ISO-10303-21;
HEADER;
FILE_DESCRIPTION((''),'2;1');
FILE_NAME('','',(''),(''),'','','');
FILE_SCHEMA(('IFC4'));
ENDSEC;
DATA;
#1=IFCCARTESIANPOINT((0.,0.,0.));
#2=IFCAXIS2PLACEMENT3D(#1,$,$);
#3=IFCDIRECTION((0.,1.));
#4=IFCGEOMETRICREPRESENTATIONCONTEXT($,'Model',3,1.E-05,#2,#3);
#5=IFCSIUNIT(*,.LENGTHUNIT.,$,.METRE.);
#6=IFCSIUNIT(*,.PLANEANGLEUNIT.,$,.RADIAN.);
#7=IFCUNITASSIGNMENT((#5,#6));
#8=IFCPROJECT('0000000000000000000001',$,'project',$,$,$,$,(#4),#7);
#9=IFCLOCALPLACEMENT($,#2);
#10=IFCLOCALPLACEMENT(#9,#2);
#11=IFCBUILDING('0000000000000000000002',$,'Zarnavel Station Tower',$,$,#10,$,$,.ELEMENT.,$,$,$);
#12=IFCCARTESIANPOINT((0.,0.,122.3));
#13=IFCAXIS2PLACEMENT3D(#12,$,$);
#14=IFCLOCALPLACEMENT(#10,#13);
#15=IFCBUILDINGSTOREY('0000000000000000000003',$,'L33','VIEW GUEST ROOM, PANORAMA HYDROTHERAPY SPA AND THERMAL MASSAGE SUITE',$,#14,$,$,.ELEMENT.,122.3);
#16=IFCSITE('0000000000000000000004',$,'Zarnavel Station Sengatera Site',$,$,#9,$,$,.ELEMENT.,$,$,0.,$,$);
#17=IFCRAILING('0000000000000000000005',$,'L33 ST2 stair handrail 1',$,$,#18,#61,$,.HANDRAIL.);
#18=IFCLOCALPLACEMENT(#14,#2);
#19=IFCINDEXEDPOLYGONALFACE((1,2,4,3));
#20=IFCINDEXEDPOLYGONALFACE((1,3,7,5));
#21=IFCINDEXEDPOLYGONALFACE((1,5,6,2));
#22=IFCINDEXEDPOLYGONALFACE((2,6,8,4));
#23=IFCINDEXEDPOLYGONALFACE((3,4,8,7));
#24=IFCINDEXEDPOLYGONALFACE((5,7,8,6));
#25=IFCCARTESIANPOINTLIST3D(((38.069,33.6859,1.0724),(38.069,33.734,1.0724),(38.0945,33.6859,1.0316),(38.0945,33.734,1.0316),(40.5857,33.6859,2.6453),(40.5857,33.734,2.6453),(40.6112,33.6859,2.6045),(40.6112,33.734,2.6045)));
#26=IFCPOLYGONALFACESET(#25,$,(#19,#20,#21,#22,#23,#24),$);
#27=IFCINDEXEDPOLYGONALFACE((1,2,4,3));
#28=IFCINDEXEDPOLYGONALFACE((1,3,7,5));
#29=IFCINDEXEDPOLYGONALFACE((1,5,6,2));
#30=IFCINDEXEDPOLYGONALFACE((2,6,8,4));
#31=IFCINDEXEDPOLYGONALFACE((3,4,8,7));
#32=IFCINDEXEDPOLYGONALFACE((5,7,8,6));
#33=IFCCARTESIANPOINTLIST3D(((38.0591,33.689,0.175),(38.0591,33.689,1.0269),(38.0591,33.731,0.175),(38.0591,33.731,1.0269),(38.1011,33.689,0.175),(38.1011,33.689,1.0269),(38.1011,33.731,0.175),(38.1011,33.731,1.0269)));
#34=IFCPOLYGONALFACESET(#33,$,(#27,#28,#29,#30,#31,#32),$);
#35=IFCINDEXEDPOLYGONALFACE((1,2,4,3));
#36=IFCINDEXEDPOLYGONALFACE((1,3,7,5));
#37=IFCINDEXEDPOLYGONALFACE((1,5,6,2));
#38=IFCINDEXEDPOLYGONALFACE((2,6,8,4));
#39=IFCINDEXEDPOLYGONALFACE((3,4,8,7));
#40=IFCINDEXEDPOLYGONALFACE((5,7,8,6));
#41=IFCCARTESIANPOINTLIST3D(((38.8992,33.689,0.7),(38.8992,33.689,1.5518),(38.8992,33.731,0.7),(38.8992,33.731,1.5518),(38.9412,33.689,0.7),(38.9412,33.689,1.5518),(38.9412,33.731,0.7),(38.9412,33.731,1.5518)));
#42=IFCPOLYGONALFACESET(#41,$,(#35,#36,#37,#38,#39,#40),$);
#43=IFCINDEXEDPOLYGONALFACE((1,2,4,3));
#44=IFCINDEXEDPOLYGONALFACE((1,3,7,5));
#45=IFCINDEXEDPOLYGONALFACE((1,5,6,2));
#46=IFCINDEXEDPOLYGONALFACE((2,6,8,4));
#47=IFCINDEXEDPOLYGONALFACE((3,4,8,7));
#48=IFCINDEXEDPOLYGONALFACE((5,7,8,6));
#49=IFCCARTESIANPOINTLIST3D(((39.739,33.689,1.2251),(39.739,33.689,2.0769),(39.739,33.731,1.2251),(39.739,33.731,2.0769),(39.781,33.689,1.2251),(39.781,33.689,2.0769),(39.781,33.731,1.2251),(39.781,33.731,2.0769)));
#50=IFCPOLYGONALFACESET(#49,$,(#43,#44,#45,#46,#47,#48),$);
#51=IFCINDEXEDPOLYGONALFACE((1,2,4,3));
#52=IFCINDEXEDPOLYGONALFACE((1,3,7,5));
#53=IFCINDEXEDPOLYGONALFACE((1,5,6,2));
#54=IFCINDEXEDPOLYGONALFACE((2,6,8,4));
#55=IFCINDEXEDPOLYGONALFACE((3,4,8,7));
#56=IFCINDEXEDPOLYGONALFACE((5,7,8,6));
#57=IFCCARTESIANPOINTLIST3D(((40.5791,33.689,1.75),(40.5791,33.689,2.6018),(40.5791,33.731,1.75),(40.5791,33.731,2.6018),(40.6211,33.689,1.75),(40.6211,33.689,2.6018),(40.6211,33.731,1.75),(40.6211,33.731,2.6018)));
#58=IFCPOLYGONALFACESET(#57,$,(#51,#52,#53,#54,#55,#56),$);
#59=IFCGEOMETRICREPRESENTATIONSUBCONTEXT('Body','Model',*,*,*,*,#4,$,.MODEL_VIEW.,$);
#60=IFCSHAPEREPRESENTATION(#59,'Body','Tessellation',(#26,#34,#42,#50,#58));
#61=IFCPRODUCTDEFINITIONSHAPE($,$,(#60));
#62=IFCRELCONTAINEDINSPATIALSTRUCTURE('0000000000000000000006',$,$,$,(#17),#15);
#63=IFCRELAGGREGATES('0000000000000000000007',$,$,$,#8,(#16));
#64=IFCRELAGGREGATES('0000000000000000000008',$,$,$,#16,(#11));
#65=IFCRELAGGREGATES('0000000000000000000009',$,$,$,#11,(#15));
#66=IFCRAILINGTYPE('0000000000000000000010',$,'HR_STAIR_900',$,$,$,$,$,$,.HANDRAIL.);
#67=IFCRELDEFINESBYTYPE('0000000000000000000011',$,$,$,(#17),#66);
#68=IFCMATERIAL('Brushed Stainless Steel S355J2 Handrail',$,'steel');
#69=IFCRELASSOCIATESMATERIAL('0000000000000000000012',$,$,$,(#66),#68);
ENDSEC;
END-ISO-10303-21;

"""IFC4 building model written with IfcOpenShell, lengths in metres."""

from ifc_helpers import new_model, si_unit, direction, frame, origin, origin_2d, place, context, subcontext, project, spatial, rectangle, extrude, material, type_object, element, save


model = new_model("IFC4")

# Units and contexts
model_context = context("Model", 3, precision=1e-05, world=origin(), true_north=direction((0.0, 1.0)))
body_context = subcontext(model_context, "Body", "Model", "MODEL_VIEW")
ifc_project = project(units=[si_unit("LENGTHUNIT", "METRE"), si_unit("PLANEANGLEUNIT", "RADIAN")], contexts=[model_context])

# Site, building, storey
site_placement = place(None, origin())
site = spatial("IfcSite", under=ifc_project, at=site_placement, Name="Zarnavel Station Sengatera Site", CompositionType="ELEMENT", RefElevation=0.0)
building_placement = place(site_placement, origin())
building = spatial("IfcBuilding", under=site, at=building_placement, Name="Zarnavel Station Tower", CompositionType="ELEMENT")
storey_placement = place(building_placement, frame((0.0, 0.0, 122.3)))
storey = spatial("IfcBuildingStorey", under=building, at=storey_placement, Name="L33", Description="VIEW GUEST ROOM, PANORAMA HYDROTHERAPY SPA AND THERMAL MASSAGE SUITE", CompositionType="ELEMENT", Elevation=122.3)

# Railing
ifc_material_1 = material(Name="Brushed Stainless Steel S355J2 Handrail", Category="steel")
railing_type_1 = type_object("IfcRailingType", Name="HR_STAIR_900", PredefinedType="HANDRAIL", material=ifc_material_1)
railing_1_placement = place(storey_placement, frame((38.0801, 33.71, 0.175)))
element("IfcRailing", 1, at=railing_1_placement, inside=storey, type_object=railing_type_1, Name="L33 ST2 stair handrail 1", PredefinedType="HANDRAIL", context=body_context, shape_type="SweptSolid", body=[
    extrude(rectangle(XDim=0.0481, YDim=0.0481, at=origin_2d()), frame((0.0017, 0.0, 0.877), z_axis=(0.848008, 0.0, 0.529984), x_axis=(0.0, 1.0, 0.0)), (0.0, 0.0, 1.0), 2.9678),
    extrude(rectangle(XDim=0.042, YDim=0.042, at=origin_2d()), origin(), (0.0, 0.0, 1.0), 0.8518),
    extrude(rectangle(XDim=0.042, YDim=0.042, at=origin_2d()), frame((0.8401, 0.0, 0.5249)), (0.0, 0.0, 1.0), 0.8518),
    extrude(rectangle(XDim=0.042, YDim=0.042, at=origin_2d()), frame((1.6799, 0.0, 1.05)), (0.0, 0.0, 1.0), 0.8518),
    extrude(rectangle(XDim=0.042, YDim=0.042, at=origin_2d()), frame((2.52, 0.0, 1.575)), (0.0, 0.0, 1.0), 0.8518),
])

save(model, "model.ifc")
